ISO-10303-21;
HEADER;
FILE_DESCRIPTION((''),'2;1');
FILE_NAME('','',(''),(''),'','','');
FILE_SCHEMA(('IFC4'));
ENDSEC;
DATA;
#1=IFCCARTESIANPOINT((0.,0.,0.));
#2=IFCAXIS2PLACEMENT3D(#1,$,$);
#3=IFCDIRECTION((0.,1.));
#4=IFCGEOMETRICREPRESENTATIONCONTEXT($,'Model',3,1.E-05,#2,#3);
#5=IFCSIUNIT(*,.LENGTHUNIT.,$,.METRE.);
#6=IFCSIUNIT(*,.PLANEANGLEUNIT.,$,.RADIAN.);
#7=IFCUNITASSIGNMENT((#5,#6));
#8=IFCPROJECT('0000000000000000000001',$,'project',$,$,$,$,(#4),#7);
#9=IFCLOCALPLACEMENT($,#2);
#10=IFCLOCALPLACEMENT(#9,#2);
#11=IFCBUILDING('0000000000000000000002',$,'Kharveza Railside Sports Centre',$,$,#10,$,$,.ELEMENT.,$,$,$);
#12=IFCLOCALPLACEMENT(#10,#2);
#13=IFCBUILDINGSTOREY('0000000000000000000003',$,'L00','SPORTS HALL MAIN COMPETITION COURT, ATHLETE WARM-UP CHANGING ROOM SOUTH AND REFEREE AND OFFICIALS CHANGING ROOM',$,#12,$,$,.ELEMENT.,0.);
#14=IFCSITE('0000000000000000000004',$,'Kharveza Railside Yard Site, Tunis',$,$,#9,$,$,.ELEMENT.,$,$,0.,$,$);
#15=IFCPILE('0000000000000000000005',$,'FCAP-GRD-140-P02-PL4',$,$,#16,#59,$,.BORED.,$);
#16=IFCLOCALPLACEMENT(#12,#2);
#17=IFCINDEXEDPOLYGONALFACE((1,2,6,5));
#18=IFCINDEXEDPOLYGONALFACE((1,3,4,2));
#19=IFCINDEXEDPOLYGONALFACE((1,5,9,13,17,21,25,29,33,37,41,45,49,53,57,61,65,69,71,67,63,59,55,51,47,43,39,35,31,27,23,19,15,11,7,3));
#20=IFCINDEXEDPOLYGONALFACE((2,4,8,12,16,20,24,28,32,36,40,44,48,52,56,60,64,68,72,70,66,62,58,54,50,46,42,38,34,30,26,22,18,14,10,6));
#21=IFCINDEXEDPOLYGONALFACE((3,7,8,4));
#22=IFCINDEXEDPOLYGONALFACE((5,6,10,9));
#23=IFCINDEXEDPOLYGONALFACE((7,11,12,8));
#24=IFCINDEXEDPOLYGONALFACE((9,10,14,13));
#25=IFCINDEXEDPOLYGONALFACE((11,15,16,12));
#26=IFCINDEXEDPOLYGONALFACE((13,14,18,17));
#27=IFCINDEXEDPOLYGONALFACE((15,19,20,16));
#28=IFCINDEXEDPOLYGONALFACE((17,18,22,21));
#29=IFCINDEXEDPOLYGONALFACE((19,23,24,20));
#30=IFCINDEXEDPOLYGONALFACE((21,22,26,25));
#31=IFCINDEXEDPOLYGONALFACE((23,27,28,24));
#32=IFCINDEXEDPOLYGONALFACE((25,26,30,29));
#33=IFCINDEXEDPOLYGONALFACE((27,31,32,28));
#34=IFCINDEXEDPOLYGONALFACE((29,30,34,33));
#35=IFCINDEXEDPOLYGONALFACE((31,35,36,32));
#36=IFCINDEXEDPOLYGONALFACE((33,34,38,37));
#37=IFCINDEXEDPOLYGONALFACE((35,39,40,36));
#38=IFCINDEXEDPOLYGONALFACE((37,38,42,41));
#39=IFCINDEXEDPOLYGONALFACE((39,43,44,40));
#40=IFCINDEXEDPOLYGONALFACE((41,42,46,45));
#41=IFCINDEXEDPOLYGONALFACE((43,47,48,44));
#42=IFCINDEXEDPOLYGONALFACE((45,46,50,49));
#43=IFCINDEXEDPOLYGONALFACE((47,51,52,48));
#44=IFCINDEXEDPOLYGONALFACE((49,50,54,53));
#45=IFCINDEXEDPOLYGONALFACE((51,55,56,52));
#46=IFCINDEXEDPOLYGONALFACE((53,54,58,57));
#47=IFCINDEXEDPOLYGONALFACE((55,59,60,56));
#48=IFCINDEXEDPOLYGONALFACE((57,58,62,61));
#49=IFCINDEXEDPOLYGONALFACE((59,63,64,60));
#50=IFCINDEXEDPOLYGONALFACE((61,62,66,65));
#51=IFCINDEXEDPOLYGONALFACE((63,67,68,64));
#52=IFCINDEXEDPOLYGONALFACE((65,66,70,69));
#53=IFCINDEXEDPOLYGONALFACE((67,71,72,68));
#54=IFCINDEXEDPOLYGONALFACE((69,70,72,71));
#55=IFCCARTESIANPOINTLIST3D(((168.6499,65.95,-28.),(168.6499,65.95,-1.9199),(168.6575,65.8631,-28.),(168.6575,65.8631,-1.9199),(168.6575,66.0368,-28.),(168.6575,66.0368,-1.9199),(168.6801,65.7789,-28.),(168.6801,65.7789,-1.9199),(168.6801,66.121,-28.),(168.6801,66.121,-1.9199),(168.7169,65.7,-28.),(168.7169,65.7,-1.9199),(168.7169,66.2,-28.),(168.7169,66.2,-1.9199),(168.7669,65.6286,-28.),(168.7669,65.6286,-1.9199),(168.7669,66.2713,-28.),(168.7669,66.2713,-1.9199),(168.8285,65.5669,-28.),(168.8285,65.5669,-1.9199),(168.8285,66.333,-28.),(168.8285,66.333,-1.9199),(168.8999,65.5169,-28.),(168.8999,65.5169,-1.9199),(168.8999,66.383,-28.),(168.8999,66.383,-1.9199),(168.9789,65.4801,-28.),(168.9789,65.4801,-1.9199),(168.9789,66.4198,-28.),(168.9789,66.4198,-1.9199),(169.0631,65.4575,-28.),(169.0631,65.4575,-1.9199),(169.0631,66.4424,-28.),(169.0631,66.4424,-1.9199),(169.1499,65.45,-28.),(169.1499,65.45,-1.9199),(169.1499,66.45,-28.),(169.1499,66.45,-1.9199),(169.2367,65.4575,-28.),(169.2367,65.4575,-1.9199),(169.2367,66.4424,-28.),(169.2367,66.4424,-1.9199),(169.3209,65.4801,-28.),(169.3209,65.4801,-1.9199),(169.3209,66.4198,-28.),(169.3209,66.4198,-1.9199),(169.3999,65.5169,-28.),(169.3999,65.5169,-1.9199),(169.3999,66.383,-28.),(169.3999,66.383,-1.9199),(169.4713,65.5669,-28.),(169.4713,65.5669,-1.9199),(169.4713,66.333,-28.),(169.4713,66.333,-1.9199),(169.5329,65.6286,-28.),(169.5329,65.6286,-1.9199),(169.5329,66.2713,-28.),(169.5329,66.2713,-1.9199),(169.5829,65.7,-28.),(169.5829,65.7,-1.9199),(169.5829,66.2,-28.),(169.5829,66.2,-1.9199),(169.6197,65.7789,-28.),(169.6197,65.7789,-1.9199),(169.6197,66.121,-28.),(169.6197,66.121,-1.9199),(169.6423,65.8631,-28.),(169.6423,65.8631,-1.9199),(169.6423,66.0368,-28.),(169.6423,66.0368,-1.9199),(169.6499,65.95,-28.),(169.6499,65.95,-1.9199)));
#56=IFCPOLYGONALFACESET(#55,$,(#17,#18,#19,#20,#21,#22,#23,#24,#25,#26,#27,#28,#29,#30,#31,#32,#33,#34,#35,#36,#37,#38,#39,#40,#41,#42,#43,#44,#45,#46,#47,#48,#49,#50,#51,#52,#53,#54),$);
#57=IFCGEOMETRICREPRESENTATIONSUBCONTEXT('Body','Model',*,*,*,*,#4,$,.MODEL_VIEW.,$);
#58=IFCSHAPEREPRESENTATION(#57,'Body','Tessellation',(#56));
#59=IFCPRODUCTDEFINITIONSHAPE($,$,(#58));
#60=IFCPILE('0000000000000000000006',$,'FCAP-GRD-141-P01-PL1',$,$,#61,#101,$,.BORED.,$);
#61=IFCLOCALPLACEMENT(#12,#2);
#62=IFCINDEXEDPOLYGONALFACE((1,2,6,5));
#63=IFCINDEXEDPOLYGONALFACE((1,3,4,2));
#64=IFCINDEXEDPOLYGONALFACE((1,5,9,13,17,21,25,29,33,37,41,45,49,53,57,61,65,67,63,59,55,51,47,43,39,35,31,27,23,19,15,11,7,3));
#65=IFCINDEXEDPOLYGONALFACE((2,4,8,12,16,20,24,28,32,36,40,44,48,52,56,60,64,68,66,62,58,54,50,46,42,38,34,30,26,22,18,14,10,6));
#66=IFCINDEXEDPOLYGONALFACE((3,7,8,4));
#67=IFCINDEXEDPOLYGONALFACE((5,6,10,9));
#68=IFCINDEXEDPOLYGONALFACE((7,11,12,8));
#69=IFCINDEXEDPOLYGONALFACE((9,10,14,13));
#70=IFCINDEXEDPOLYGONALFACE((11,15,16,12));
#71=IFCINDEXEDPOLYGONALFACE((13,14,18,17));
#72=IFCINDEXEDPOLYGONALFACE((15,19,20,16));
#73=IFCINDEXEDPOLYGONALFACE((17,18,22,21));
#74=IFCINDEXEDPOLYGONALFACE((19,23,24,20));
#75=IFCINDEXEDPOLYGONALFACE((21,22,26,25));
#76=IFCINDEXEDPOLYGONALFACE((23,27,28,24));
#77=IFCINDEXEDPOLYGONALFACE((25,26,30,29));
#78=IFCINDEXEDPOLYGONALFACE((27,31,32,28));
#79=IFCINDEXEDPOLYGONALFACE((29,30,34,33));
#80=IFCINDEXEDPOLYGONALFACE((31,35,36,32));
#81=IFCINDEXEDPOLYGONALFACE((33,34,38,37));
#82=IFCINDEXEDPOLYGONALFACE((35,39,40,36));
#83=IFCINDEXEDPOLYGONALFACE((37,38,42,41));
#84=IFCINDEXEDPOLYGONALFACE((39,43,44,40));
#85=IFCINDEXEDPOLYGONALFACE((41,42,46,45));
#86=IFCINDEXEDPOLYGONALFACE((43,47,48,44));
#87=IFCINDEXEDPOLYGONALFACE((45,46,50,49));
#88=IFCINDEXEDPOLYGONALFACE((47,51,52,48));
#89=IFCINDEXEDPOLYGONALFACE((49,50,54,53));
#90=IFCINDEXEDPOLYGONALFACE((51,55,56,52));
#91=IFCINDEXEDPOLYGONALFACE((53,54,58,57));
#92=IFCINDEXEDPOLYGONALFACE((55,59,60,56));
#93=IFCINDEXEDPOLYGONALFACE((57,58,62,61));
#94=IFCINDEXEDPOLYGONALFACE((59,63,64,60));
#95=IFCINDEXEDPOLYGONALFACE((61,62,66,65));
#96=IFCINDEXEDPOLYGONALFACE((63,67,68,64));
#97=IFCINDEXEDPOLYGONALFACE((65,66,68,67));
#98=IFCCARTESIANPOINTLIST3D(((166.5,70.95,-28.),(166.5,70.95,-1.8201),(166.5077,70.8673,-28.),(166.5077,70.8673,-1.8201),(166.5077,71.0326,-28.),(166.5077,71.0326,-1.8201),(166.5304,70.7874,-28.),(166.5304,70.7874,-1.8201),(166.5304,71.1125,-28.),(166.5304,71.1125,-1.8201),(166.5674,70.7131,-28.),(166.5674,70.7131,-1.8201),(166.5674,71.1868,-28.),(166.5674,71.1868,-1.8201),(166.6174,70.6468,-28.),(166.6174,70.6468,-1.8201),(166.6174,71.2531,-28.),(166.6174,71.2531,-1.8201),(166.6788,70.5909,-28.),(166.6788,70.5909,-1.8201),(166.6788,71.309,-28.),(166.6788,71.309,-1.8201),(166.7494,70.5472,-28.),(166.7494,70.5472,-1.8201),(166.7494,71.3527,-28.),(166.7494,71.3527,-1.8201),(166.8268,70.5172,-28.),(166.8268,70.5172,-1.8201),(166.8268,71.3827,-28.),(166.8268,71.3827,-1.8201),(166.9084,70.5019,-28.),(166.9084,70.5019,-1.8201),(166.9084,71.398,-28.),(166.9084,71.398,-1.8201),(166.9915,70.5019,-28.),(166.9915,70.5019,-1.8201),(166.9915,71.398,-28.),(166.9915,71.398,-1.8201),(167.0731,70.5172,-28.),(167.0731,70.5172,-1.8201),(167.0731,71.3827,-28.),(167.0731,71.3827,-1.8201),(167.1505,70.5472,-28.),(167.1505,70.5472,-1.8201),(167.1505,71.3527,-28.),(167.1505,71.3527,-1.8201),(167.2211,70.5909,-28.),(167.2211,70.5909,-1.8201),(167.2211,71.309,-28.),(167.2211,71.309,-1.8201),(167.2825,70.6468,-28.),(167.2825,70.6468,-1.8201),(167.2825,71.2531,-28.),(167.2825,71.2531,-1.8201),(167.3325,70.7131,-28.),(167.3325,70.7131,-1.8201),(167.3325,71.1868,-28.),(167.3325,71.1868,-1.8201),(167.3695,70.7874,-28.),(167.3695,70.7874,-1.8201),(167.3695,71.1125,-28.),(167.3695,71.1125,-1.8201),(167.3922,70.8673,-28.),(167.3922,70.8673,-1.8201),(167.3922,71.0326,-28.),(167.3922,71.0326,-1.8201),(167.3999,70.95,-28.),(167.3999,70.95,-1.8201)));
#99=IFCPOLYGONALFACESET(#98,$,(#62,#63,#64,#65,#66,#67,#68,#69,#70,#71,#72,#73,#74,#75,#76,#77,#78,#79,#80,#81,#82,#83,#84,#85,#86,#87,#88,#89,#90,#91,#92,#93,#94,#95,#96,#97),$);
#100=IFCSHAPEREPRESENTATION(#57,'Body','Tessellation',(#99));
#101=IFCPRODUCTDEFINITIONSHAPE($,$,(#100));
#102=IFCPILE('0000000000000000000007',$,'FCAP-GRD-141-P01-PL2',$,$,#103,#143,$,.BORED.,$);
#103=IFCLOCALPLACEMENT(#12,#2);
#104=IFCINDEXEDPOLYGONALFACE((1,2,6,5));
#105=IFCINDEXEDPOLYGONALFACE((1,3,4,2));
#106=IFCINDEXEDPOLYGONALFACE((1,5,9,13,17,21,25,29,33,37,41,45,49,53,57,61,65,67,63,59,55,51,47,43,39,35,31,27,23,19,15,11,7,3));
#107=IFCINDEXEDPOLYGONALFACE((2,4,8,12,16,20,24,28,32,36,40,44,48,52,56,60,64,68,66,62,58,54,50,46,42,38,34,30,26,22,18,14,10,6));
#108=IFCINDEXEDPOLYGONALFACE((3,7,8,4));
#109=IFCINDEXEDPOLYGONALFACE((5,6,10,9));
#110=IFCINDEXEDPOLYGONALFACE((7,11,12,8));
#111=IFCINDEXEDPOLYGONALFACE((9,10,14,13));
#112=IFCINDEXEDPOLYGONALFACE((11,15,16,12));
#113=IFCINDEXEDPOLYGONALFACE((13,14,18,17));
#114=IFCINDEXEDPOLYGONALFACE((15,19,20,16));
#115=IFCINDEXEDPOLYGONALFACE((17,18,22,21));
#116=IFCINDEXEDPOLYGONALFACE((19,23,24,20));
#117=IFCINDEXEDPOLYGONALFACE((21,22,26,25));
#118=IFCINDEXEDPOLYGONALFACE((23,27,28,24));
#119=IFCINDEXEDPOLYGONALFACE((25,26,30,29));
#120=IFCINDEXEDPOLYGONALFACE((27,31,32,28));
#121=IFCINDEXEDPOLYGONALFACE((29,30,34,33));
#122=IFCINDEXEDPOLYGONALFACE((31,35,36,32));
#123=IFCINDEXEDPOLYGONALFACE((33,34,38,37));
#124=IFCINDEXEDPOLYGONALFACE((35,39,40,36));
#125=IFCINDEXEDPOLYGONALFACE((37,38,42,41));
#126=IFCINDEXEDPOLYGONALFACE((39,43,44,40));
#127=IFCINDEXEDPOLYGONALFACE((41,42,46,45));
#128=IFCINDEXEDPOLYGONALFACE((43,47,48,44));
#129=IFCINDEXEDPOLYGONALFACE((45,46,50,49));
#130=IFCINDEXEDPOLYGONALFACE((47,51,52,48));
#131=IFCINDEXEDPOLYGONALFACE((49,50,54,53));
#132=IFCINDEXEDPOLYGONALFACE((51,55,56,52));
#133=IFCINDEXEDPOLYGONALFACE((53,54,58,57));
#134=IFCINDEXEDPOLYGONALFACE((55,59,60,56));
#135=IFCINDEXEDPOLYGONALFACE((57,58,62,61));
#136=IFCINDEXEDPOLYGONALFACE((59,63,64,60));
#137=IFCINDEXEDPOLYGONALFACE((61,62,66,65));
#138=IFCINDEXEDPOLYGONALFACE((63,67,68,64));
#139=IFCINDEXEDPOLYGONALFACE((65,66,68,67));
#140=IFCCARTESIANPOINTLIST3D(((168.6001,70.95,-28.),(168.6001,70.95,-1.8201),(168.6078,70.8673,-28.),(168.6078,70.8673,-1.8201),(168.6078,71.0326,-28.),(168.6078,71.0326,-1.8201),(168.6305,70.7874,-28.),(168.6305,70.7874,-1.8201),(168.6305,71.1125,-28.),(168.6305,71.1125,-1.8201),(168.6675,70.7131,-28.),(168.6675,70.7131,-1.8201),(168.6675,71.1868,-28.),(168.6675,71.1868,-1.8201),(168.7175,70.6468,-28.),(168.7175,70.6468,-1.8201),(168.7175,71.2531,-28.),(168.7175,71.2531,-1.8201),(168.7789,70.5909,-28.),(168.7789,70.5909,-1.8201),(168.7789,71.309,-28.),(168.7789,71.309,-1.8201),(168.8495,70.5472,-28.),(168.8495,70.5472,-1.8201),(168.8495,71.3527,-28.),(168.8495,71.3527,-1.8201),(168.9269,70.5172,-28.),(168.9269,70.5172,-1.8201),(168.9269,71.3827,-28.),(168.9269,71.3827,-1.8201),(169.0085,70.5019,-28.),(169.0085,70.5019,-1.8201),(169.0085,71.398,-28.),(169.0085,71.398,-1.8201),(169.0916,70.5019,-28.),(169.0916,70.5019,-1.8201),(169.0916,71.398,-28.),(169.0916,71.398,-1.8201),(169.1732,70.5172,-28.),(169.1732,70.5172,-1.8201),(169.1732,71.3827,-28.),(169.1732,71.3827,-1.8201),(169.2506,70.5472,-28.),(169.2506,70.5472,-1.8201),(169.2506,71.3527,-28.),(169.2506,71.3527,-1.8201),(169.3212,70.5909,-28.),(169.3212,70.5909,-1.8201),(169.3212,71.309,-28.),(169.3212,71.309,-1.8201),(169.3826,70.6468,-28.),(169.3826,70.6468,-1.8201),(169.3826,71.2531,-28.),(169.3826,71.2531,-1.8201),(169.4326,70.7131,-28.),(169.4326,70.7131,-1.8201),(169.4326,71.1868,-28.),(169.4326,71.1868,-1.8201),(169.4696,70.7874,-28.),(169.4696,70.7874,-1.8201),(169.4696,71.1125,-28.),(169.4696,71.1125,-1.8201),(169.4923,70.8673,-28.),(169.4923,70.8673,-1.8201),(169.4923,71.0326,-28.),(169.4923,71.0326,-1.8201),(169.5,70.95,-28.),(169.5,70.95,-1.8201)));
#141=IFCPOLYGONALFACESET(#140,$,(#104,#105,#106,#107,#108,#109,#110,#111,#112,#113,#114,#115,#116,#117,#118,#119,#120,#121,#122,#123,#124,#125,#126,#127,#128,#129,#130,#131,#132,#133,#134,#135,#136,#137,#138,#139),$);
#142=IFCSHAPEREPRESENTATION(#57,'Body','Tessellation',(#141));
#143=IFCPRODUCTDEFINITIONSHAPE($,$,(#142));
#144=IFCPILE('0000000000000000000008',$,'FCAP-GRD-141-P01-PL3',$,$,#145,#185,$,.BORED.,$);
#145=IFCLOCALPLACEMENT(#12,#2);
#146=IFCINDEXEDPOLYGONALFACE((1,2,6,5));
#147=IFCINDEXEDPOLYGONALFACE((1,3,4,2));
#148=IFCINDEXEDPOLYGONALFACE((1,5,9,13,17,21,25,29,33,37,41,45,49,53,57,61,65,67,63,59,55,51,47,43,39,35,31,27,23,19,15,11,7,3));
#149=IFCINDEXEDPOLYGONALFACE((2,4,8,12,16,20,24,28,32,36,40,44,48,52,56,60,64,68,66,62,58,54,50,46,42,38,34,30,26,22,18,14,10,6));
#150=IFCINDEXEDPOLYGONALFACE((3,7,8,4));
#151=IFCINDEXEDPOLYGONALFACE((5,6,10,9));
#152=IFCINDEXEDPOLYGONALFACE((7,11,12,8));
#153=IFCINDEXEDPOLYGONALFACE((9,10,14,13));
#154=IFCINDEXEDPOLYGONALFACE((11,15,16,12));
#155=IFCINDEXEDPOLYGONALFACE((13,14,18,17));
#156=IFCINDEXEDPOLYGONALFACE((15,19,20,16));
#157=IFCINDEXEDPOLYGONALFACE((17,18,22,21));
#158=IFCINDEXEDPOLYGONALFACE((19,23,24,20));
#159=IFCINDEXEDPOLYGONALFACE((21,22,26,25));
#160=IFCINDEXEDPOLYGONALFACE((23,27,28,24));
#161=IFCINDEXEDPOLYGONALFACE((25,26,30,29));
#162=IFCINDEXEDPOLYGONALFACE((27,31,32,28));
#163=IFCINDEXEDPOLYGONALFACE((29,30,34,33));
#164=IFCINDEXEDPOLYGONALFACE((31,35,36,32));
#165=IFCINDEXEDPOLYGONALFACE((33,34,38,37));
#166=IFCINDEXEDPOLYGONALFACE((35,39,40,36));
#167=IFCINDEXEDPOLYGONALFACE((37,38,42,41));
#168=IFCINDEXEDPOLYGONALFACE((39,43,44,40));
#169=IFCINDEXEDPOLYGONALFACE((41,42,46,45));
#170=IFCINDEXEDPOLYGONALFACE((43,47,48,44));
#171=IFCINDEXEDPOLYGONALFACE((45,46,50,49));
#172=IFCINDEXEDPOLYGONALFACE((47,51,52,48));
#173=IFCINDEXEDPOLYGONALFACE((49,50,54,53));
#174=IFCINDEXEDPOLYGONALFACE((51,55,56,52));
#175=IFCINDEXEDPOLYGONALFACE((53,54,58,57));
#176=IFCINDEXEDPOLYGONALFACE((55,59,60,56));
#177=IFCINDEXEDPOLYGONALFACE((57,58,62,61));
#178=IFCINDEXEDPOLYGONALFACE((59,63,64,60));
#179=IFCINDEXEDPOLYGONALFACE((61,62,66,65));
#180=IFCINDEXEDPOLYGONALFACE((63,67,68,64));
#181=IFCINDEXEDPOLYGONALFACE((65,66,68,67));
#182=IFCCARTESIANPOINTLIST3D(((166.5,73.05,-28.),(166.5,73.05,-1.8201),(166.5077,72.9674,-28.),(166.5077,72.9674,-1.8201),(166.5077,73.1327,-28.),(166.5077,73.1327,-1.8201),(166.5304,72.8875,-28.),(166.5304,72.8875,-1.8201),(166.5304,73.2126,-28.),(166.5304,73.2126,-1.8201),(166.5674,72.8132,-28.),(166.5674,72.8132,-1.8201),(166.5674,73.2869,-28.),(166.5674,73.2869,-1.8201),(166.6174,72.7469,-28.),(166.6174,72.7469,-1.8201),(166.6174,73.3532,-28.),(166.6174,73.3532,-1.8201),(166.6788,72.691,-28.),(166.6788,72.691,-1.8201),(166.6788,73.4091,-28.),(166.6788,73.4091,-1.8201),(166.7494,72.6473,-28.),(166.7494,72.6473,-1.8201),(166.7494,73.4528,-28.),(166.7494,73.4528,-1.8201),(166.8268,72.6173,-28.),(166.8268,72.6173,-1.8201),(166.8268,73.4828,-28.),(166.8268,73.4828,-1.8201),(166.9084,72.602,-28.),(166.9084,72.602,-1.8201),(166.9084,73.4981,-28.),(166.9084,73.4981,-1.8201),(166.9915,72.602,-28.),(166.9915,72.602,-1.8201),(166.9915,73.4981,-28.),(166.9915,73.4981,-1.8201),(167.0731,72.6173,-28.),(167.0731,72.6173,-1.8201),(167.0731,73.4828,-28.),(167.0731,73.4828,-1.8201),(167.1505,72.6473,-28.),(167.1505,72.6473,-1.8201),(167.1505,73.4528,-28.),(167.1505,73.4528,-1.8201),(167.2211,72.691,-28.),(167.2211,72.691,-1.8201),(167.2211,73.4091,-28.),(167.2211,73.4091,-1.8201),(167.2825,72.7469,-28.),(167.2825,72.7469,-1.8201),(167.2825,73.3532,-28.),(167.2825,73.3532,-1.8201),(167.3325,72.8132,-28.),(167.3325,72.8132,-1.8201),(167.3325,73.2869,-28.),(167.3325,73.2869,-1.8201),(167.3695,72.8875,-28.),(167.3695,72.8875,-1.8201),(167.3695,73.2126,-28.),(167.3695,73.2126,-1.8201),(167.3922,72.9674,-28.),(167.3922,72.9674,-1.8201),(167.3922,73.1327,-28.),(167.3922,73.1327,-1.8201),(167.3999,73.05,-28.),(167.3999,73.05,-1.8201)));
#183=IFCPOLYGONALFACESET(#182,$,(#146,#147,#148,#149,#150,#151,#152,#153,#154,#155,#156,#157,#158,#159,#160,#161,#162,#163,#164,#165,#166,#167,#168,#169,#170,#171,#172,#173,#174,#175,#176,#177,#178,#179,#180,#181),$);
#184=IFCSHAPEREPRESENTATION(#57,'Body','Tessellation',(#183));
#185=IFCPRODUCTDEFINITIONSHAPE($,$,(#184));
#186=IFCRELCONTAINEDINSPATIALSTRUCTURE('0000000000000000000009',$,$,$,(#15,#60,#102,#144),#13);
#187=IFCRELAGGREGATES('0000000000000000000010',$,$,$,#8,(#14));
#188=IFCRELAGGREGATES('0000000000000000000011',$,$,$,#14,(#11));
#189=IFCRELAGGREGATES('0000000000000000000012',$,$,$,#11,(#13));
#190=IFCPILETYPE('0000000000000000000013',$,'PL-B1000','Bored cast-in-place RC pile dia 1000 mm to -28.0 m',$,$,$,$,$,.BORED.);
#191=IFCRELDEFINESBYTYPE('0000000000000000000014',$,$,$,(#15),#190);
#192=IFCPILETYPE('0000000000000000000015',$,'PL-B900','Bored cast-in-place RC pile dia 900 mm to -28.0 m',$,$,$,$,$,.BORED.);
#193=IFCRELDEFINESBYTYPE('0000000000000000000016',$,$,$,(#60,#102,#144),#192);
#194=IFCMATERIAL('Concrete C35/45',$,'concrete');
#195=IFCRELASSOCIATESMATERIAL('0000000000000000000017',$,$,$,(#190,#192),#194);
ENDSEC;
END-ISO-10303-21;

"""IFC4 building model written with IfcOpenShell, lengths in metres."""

from ifc_helpers import new_model, si_unit, direction, frame, origin, origin_2d, place, context, subcontext, project, spatial, circle, extrude, material, material_profile, profile_set, type_object, element, save


model = new_model("IFC4")

# Units and contexts
model_context = context("Model", 3, precision=1e-05, world=origin(), true_north=direction((0.0, 1.0)))
body_context = subcontext(model_context, "Body", "Model", "MODEL_VIEW")
ifc_project = project(units=[si_unit("LENGTHUNIT", "METRE"), si_unit("PLANEANGLEUNIT", "RADIAN")], contexts=[model_context])

# Site, building, storey
site_placement = place(None, origin())
site = spatial("IfcSite", under=ifc_project, at=site_placement, Name="Kharveza Railside Yard Site, Tunis", CompositionType="ELEMENT", RefElevation=0.0)
building_placement = place(site_placement, origin())
building = spatial("IfcBuilding", under=site, at=building_placement, Name="Kharveza Railside Sports Centre", CompositionType="ELEMENT")
storey_placement = place(building_placement, origin())
storey = spatial("IfcBuildingStorey", under=building, at=storey_placement, Name="L00", Description="SPORTS HALL MAIN COMPETITION COURT, ATHLETE WARM-UP CHANGING ROOM SOUTH AND REFEREE AND OFFICIALS CHANGING ROOM", CompositionType="ELEMENT", Elevation=0.0)

# Shared definitions
ifc_material_1 = material(Name="Concrete C35/45", Category="concrete")

# Piles
ifc_material_profile_1 = material_profile(ifc_material_1, circle(Radius=0.5, at=origin_2d()), Name="PILE D1000")
ifc_profile_set_1 = profile_set([ifc_material_profile_1], Name="Concrete C35/45")
pile_type_1 = type_object("IfcPileType", Name="PL-B1000", Description="Bored cast-in-place RC pile dia 1000 mm to -28.0 m", PredefinedType="BORED", material=ifc_profile_set_1)
for number, where, z_axis, x_axis, name in (
    (1, (169.1499, 65.95, -1.9199), (0.0, 0.0, -1.0), (1.0, 0.0, 0.0), "FCAP-GRD-140-P02-PL4"),
):
    element("IfcPile", number, at=place(storey_placement, frame(where, z_axis=z_axis, x_axis=x_axis)), inside=storey, type_object=pile_type_1, Name=name, PredefinedType="BORED", context=body_context, shape_type="SweptSolid", body=[
        extrude(circle(Radius=0.5, at=origin_2d()), origin(), (0.0, 0.0, 1.0), 26.0801),
    ])
ifc_material_profile_2 = material_profile(ifc_material_1, circle(Radius=0.45, at=origin_2d()), Name="PILE D900")
ifc_profile_set_2 = profile_set([ifc_material_profile_2], Name="Concrete C35/45")
pile_type_2 = type_object("IfcPileType", Name="PL-B900", Description="Bored cast-in-place RC pile dia 900 mm to -28.0 m", PredefinedType="BORED", material=ifc_profile_set_2)
for number, where, z_axis, x_axis, name in (
    (2, (166.95, 70.95, -1.8201), (0.0, 0.0, -1.0), (1.0, 0.0, 0.0), "FCAP-GRD-141-P01-PL1"),
    (3, (169.05, 70.95, -1.8201), (0.0, 0.0, -1.0), (1.0, 0.0, 0.0), "FCAP-GRD-141-P01-PL2"),
    (4, (166.95, 73.05, -1.8201), (0.0, 0.0, -1.0), (1.0, 0.0, 0.0), "FCAP-GRD-141-P01-PL3"),
):
    element("IfcPile", number, at=place(storey_placement, frame(where, z_axis=z_axis, x_axis=x_axis)), inside=storey, type_object=pile_type_2, Name=name, PredefinedType="BORED", context=body_context, shape_type="SweptSolid", body=[
        extrude(circle(Radius=0.45, at=origin_2d()), origin(), (0.0, 0.0, 1.0), 26.1799),
    ])

save(model, "model.ifc")
